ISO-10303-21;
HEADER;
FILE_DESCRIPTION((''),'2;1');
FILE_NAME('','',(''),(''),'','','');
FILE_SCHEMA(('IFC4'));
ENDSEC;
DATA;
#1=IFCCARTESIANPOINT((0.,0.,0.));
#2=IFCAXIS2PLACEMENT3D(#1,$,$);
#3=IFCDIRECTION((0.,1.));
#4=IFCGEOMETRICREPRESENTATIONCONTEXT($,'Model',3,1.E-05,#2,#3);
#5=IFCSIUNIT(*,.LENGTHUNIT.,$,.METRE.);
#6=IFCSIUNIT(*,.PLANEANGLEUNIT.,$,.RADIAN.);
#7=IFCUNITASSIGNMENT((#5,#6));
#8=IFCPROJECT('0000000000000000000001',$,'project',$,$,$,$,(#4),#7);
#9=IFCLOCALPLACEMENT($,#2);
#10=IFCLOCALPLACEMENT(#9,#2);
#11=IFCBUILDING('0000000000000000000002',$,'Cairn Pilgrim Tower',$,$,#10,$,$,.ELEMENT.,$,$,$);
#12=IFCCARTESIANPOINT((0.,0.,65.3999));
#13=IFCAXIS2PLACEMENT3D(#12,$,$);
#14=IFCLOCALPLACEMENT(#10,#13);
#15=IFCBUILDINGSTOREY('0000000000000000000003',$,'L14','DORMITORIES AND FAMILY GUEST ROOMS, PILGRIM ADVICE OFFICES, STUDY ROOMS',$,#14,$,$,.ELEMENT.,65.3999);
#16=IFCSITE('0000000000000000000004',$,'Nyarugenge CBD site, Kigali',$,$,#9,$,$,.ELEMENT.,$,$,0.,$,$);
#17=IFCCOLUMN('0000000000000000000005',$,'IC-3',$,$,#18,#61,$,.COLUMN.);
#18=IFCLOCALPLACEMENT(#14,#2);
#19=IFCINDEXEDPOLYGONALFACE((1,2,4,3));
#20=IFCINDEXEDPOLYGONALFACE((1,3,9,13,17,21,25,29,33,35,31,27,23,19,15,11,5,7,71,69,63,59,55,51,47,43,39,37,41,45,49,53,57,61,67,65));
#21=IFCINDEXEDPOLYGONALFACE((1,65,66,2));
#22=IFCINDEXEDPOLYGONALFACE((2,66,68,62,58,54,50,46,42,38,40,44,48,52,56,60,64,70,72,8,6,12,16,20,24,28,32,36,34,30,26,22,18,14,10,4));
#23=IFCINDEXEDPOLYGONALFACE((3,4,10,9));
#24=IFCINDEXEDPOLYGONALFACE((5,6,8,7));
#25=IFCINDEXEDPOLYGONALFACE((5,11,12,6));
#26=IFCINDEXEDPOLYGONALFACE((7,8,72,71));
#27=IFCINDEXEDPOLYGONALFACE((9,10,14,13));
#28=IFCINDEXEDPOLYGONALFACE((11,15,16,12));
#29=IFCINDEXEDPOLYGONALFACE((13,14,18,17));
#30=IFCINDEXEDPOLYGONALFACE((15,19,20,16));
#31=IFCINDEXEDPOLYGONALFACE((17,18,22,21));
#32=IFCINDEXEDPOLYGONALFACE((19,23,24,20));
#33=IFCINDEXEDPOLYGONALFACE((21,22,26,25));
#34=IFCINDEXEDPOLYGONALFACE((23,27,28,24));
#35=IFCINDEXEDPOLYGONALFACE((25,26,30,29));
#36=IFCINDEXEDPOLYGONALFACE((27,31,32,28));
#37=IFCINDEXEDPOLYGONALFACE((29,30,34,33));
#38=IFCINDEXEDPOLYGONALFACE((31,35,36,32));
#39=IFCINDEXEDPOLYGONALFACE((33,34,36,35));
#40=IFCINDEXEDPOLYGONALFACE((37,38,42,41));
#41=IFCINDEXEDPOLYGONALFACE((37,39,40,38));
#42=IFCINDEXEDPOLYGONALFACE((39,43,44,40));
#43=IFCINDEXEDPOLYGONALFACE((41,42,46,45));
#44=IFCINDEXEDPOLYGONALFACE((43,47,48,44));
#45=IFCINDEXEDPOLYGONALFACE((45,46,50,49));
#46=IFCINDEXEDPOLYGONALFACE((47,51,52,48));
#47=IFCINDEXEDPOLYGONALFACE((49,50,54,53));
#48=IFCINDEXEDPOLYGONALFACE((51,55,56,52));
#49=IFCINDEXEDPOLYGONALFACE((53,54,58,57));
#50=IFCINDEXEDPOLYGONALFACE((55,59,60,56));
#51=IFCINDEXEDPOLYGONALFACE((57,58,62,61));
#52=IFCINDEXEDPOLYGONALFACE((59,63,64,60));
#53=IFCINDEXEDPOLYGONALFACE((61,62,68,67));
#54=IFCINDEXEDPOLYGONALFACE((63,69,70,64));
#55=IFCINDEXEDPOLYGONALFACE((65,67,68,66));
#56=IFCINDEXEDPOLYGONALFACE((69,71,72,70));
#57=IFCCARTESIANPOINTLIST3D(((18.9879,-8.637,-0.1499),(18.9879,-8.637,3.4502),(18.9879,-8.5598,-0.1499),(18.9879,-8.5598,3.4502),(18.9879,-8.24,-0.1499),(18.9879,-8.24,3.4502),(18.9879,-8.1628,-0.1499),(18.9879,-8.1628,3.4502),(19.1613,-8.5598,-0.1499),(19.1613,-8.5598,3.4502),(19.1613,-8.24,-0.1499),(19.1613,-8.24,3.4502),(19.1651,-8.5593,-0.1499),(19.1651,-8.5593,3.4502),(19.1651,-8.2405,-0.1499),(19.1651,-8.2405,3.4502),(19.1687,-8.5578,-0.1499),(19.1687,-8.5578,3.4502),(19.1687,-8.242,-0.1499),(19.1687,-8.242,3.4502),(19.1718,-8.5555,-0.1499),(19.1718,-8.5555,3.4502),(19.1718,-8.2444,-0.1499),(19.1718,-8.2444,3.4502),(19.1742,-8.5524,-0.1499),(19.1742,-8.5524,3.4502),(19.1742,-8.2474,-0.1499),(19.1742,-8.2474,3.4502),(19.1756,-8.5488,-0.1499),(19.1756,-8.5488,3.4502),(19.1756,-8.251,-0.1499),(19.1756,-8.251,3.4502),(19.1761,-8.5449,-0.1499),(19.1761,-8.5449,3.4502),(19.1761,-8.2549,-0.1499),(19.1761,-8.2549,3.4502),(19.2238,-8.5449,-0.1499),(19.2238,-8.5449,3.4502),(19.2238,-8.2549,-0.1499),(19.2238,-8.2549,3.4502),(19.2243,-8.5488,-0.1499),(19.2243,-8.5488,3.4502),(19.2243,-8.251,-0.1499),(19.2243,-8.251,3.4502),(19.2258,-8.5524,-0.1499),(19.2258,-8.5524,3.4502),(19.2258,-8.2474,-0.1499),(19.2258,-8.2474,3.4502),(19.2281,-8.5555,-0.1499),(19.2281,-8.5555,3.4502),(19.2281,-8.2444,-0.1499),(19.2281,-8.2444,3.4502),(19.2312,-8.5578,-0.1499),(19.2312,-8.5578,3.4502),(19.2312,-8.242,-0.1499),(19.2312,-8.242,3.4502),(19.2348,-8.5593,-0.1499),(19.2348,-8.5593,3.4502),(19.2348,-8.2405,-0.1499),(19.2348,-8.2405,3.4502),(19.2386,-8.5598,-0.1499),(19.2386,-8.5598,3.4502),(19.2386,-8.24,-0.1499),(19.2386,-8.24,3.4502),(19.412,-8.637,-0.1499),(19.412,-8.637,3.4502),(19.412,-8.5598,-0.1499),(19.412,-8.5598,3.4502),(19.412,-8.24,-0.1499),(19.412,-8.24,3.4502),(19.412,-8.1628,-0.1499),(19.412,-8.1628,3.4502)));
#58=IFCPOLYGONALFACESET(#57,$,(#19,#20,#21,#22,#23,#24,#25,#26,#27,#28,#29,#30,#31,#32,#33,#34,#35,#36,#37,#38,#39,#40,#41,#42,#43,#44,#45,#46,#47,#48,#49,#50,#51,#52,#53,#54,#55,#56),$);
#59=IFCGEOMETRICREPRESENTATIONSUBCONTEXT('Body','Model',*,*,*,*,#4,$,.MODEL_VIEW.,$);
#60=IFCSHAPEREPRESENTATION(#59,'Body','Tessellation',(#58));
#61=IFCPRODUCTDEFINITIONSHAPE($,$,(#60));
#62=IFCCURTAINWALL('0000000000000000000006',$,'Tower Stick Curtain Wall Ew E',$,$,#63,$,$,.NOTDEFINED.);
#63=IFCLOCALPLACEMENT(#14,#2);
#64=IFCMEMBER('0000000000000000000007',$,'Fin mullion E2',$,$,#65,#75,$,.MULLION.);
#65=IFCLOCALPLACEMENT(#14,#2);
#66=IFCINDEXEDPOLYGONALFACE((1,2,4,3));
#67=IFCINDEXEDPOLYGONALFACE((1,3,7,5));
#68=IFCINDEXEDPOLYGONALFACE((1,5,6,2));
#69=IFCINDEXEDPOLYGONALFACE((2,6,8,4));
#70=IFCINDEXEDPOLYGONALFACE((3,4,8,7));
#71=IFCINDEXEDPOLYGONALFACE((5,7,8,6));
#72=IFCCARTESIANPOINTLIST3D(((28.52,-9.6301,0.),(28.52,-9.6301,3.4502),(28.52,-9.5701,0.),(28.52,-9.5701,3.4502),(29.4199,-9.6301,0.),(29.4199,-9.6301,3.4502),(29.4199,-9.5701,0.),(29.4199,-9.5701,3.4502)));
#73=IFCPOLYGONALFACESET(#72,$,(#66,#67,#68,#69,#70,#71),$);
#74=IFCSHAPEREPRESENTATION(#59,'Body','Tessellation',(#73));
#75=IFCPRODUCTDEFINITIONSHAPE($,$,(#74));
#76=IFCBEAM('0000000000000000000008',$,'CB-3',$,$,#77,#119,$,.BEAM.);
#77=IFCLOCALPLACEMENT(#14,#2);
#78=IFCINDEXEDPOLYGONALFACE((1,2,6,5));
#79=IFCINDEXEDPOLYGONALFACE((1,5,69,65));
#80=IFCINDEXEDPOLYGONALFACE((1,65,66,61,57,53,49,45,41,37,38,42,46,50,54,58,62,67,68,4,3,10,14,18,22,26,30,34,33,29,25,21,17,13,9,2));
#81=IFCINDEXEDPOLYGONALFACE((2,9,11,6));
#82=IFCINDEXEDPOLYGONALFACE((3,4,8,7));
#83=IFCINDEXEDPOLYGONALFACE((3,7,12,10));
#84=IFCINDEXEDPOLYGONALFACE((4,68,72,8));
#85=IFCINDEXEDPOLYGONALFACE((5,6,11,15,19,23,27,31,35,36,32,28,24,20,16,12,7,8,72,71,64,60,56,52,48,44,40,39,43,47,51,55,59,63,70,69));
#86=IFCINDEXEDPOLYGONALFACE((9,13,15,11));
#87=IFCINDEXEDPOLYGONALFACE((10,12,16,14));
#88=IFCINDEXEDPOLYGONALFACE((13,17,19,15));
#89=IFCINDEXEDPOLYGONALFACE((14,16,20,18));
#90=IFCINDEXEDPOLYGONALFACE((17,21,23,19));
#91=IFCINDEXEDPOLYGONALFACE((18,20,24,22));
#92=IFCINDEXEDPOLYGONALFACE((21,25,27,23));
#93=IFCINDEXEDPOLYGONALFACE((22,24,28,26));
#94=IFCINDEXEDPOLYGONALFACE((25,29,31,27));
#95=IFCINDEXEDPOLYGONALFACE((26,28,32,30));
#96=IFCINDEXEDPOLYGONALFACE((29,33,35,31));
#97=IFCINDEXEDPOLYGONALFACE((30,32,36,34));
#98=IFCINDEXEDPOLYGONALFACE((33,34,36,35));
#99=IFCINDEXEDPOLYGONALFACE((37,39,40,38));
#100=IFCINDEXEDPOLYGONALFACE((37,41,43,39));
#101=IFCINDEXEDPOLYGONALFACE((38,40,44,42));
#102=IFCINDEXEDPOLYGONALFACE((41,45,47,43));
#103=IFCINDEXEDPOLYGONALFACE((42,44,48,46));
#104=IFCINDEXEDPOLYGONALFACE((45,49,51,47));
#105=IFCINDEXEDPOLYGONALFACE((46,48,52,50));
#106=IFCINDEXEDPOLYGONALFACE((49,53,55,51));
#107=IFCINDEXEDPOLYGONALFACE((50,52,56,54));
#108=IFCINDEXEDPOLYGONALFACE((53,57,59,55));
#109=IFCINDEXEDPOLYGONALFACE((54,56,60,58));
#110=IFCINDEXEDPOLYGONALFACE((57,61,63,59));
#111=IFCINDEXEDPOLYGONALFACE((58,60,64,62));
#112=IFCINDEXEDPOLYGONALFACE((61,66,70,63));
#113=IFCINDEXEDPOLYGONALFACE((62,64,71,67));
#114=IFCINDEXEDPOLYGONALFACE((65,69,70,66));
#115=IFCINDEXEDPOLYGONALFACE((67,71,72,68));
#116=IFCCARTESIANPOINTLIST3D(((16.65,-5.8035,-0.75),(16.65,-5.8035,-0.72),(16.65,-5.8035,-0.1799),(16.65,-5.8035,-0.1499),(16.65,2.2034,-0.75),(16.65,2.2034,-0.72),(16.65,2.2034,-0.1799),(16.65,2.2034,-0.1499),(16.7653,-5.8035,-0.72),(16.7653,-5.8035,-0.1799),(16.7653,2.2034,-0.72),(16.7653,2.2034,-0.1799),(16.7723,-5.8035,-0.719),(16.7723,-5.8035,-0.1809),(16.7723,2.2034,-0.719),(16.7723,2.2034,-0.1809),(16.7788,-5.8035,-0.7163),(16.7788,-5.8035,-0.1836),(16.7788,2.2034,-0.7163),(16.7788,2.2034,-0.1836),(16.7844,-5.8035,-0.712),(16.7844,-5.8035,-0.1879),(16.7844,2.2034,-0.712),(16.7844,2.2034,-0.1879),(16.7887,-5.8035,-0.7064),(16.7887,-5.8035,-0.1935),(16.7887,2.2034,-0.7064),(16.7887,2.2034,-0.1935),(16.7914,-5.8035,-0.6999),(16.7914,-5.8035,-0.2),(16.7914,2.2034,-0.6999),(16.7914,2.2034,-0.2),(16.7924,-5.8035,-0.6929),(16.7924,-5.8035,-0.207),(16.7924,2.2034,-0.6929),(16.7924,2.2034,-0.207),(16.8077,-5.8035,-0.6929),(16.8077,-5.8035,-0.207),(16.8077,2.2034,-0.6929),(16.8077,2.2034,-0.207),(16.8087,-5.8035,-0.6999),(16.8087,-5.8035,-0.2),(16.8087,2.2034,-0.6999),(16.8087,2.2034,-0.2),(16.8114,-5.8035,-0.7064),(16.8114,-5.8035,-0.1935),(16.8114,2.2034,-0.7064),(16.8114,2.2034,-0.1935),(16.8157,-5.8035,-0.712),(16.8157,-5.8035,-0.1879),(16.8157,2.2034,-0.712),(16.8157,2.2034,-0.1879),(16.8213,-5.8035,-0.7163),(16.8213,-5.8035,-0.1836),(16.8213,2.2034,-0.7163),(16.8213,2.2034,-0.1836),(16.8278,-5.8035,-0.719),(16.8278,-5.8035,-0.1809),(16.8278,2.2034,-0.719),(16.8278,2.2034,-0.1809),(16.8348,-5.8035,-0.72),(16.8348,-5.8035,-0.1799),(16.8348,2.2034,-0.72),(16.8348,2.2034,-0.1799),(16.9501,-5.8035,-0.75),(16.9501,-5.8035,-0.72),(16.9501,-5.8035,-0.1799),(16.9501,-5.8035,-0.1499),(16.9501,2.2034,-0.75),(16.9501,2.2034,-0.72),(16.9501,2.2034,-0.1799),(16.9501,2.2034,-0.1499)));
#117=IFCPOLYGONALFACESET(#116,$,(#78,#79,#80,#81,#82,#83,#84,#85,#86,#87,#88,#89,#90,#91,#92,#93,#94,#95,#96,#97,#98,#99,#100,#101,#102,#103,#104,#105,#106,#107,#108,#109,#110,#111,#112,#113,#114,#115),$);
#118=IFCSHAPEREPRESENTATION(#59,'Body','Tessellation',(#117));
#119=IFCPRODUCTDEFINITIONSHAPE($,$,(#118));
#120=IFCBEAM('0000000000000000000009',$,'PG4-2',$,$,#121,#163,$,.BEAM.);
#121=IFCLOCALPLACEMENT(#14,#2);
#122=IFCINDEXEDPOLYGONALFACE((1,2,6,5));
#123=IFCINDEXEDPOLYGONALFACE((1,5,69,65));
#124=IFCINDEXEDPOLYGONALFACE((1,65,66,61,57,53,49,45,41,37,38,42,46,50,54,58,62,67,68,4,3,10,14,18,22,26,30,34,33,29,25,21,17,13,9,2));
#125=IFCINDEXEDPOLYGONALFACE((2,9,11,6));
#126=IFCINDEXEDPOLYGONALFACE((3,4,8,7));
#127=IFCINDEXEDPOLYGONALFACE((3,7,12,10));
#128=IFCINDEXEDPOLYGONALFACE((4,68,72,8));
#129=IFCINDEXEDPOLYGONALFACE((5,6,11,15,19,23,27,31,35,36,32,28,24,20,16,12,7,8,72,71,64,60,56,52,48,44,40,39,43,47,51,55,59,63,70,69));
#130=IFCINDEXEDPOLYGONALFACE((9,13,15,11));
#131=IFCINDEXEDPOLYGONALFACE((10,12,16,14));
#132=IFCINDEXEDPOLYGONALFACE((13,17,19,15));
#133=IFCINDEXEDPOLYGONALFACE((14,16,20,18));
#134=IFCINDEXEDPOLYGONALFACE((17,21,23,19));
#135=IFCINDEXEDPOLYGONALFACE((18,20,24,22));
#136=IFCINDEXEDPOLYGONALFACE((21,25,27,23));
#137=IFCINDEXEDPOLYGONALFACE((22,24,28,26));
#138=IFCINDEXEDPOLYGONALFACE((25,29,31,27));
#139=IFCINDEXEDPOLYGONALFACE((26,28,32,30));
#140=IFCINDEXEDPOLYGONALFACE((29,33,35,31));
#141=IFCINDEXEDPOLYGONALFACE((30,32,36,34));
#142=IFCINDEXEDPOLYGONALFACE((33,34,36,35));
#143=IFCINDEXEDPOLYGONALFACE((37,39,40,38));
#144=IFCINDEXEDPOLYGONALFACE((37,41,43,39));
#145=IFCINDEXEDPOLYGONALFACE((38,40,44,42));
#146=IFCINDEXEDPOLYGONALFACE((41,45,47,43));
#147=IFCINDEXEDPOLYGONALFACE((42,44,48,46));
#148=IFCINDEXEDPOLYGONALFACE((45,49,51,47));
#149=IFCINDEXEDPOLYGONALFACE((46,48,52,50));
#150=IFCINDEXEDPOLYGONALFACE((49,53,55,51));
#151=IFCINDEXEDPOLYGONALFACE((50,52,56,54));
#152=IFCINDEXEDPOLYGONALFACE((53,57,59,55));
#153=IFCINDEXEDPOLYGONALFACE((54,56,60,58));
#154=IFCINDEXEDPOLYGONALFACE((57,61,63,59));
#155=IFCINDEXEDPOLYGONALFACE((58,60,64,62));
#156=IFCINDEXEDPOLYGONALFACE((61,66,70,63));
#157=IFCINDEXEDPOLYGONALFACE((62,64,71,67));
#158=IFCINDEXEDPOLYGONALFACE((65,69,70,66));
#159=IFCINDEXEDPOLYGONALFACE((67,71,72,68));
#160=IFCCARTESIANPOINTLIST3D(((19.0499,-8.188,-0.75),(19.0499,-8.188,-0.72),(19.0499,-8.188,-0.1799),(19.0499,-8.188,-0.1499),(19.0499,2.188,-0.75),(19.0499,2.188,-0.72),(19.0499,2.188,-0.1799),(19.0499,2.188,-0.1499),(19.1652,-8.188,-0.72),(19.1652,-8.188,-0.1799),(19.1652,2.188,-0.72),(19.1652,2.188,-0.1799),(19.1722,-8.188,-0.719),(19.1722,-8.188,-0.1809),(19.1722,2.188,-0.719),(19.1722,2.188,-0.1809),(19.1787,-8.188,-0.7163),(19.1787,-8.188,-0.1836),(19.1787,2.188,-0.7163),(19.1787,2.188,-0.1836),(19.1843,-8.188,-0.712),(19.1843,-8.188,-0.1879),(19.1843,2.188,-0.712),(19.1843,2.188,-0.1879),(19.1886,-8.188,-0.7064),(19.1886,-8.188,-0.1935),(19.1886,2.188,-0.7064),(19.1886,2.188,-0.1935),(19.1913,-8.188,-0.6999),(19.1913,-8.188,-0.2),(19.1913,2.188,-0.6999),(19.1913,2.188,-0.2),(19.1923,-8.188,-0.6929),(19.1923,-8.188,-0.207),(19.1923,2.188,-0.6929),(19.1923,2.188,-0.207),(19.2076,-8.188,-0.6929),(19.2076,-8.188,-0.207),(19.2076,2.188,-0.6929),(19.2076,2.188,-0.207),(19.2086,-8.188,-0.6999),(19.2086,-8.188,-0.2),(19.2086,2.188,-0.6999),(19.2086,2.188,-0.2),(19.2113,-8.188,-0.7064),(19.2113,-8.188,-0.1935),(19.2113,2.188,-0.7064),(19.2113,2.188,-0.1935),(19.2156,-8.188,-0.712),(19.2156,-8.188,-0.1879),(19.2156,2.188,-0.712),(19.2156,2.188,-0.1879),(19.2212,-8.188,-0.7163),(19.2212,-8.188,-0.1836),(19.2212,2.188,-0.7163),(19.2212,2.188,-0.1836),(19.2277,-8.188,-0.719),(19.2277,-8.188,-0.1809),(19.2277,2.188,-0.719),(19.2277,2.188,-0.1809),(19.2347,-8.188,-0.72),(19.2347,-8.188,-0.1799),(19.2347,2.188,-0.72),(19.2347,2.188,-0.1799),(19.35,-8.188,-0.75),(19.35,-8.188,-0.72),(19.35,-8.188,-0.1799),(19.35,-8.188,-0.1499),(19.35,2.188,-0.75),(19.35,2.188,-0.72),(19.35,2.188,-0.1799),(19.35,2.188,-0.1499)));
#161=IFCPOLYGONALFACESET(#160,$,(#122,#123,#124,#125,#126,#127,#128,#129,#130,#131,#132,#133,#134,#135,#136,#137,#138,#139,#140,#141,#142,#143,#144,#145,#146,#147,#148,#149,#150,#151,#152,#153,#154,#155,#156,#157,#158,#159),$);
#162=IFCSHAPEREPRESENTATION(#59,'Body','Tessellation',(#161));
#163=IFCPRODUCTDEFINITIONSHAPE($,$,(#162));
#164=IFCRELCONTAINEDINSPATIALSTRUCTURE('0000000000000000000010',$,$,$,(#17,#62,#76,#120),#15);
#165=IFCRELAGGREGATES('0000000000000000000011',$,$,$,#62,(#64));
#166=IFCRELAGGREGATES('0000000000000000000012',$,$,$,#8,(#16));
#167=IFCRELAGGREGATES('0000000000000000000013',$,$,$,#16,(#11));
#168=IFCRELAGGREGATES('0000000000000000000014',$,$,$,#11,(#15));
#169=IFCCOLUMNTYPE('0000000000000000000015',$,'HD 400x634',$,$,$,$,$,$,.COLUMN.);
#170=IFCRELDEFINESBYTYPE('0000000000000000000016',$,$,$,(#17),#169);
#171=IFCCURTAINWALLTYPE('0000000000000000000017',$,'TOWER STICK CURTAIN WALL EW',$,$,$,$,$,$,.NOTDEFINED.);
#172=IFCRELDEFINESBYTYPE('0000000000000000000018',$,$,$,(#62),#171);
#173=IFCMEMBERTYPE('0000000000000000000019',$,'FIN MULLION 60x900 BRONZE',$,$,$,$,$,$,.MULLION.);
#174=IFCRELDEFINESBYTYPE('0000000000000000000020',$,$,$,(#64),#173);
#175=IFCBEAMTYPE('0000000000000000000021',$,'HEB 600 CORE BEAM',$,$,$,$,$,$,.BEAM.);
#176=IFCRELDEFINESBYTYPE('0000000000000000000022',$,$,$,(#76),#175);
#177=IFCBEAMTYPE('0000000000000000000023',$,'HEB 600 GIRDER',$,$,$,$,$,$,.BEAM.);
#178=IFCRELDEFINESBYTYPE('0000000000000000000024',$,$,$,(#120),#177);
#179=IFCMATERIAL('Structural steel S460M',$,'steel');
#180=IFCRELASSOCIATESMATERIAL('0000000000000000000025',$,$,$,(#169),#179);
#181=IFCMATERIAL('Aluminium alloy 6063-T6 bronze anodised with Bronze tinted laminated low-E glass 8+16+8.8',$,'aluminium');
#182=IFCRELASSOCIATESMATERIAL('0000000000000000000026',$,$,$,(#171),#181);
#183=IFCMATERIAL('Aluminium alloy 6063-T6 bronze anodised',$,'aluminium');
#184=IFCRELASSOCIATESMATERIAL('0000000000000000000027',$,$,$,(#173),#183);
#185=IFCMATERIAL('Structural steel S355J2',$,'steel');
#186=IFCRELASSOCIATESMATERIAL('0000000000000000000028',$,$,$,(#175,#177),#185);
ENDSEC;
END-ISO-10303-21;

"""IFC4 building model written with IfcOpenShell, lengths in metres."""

from ifc_helpers import new_model, si_unit, direction, frame, origin, origin_2d, place, context, subcontext, project, spatial, rectangle, i_section, extrude, material, material_profile, profile_set, type_object, element, aggregate, save


model = new_model("IFC4")

# Units and contexts
model_context = context("Model", 3, precision=1e-05, world=origin(), true_north=direction((0.0, 1.0)))
body_context = subcontext(model_context, "Body", "Model", "MODEL_VIEW")
ifc_project = project(units=[si_unit("LENGTHUNIT", "METRE"), si_unit("PLANEANGLEUNIT", "RADIAN")], contexts=[model_context])

# Site, building, storey
site_placement = place(None, origin())
site = spatial("IfcSite", under=ifc_project, at=site_placement, Name="Nyarugenge CBD site, Kigali", CompositionType="ELEMENT", RefElevation=0.0)
building_placement = place(site_placement, origin())
building = spatial("IfcBuilding", under=site, at=building_placement, Name="Cairn Pilgrim Tower", CompositionType="ELEMENT")
storey_placement = place(building_placement, frame((0.0, 0.0, 65.3999)))
storey = spatial("IfcBuildingStorey", under=building, at=storey_placement, Name="L14", Description="DORMITORIES AND FAMILY GUEST ROOMS, PILGRIM ADVICE OFFICES, STUDY ROOMS", CompositionType="ELEMENT", Elevation=65.3999)

# Column
ifc_material_1 = material(Name="Structural steel S460M", Category="steel")
ifc_material_profile_1 = material_profile(ifc_material_1, i_section(OverallWidth=0.4241, OverallDepth=0.4741, WebThickness=0.0476, FlangeThickness=0.0771, FilletRadius=0.0149, at=origin_2d()), Name="HD 400x634")
ifc_profile_set_1 = profile_set([ifc_material_profile_1], Name="Structural steel S460M")
column_type = type_object("IfcColumnType", Name="HD 400x634", PredefinedType="COLUMN", material=ifc_profile_set_1)
column_placement = place(storey_placement, frame((19.2, -8.3999, -0.1499), z_axis=(0.0, 0.0, 1.0), x_axis=(1.0, 0.0, 0.0)))
element("IfcColumn", 1, at=column_placement, inside=storey, type_object=column_type, Name="IC-3", PredefinedType="COLUMN", context=body_context, shape_type="SweptSolid", body=[
    extrude(i_section(OverallWidth=0.4241, OverallDepth=0.4741, WebThickness=0.0476, FlangeThickness=0.0771, FilletRadius=0.0149, at=origin_2d()), origin(), (0.0, 0.0, 1.0), 3.6001),
])

# Curtain wall, member
ifc_material_2 = material(Name="Aluminium alloy 6063-T6 bronze anodised with Bronze tinted laminated low-E glass 8+16+8.8", Category="aluminium")
curtain_wall_type = type_object("IfcCurtainWallType", Name="TOWER STICK CURTAIN WALL EW", PredefinedType="NOTDEFINED", material=ifc_material_2)
curtain_wall_placement = place(storey_placement, origin())
curtain_wall = element("IfcCurtainWall", 2, at=curtain_wall_placement, inside=storey, type_object=curtain_wall_type, Name="Tower Stick Curtain Wall Ew E", PredefinedType="NOTDEFINED")
ifc_material_3 = material(Name="Aluminium alloy 6063-T6 bronze anodised", Category="aluminium")
ifc_material_profile_2 = material_profile(ifc_material_3, rectangle(XDim=0.8999, YDim=0.0601, at=origin_2d()), Name="FIN MULLION 60x900 BRONZE")
ifc_profile_set_2 = profile_set([ifc_material_profile_2], Name="Aluminium alloy 6063-T6 bronze anodised")
member_type = type_object("IfcMemberType", Name="FIN MULLION 60x900 BRONZE", PredefinedType="MULLION", material=ifc_profile_set_2)
member_placement = place(storey_placement, frame((28.97, -9.6001, 0.0), z_axis=(0.0, 0.0, 1.0), x_axis=(1.0, 0.0, 0.0)))
member = element("IfcMember", 3, at=member_placement, type_object=member_type, Name="Fin mullion E2", PredefinedType="MULLION", context=body_context, shape_type="SweptSolid", body=[
    extrude(rectangle(XDim=0.8999, YDim=0.0601, at=origin_2d()), origin(), (0.0, 0.0, 1.0), 3.4502),
])

# Beams
ifc_material_4 = material(Name="Structural steel S355J2", Category="steel")
ifc_material_profile_3 = material_profile(ifc_material_4, i_section(OverallWidth=0.3, OverallDepth=0.6001, WebThickness=0.0154, FlangeThickness=0.03, FilletRadius=0.0271, at=origin_2d()), Name="HEB 600")
ifc_profile_set_3 = profile_set([ifc_material_profile_3], Name="Structural steel S355J2")
beam_type_1 = type_object("IfcBeamType", Name="HEB 600 CORE BEAM", PredefinedType="BEAM", material=ifc_profile_set_3)
beam_1_placement = place(storey_placement, frame((16.8, -5.8035, -0.45), z_axis=(0.0, 1.0, 0.0), x_axis=(-1.0, 0.0, 0.0)))
element("IfcBeam", 4, at=beam_1_placement, inside=storey, type_object=beam_type_1, Name="CB-3", PredefinedType="BEAM", context=body_context, shape_type="SweptSolid", body=[
    extrude(i_section(OverallWidth=0.3, OverallDepth=0.6001, WebThickness=0.0154, FlangeThickness=0.03, FilletRadius=0.0271, at=origin_2d()), origin(), (0.0, 0.0, 1.0), 8.0068),
])
ifc_material_profile_4 = material_profile(ifc_material_4, i_section(OverallWidth=0.3, OverallDepth=0.6001, WebThickness=0.0154, FlangeThickness=0.03, FilletRadius=0.0271, at=origin_2d()), Name="HEB 600")
ifc_profile_set_4 = profile_set([ifc_material_profile_4], Name="Structural steel S355J2")
beam_type_2 = type_object("IfcBeamType", Name="HEB 600 GIRDER", PredefinedType="BEAM", material=ifc_profile_set_4)
beam_2_placement = place(storey_placement, frame((19.2, -8.188, -0.45), z_axis=(0.0, 1.0, 0.0), x_axis=(-1.0, 0.0, 0.0)))
element("IfcBeam", 5, at=beam_2_placement, inside=storey, type_object=beam_type_2, Name="PG4-2", PredefinedType="BEAM", context=body_context, shape_type="SweptSolid", body=[
    extrude(i_section(OverallWidth=0.3, OverallDepth=0.6001, WebThickness=0.0154, FlangeThickness=0.03, FilletRadius=0.0271, at=origin_2d()), origin(), (0.0, 0.0, 1.0), 10.376),
])

aggregate(curtain_wall, [member])

save(model, "model.ifc")
